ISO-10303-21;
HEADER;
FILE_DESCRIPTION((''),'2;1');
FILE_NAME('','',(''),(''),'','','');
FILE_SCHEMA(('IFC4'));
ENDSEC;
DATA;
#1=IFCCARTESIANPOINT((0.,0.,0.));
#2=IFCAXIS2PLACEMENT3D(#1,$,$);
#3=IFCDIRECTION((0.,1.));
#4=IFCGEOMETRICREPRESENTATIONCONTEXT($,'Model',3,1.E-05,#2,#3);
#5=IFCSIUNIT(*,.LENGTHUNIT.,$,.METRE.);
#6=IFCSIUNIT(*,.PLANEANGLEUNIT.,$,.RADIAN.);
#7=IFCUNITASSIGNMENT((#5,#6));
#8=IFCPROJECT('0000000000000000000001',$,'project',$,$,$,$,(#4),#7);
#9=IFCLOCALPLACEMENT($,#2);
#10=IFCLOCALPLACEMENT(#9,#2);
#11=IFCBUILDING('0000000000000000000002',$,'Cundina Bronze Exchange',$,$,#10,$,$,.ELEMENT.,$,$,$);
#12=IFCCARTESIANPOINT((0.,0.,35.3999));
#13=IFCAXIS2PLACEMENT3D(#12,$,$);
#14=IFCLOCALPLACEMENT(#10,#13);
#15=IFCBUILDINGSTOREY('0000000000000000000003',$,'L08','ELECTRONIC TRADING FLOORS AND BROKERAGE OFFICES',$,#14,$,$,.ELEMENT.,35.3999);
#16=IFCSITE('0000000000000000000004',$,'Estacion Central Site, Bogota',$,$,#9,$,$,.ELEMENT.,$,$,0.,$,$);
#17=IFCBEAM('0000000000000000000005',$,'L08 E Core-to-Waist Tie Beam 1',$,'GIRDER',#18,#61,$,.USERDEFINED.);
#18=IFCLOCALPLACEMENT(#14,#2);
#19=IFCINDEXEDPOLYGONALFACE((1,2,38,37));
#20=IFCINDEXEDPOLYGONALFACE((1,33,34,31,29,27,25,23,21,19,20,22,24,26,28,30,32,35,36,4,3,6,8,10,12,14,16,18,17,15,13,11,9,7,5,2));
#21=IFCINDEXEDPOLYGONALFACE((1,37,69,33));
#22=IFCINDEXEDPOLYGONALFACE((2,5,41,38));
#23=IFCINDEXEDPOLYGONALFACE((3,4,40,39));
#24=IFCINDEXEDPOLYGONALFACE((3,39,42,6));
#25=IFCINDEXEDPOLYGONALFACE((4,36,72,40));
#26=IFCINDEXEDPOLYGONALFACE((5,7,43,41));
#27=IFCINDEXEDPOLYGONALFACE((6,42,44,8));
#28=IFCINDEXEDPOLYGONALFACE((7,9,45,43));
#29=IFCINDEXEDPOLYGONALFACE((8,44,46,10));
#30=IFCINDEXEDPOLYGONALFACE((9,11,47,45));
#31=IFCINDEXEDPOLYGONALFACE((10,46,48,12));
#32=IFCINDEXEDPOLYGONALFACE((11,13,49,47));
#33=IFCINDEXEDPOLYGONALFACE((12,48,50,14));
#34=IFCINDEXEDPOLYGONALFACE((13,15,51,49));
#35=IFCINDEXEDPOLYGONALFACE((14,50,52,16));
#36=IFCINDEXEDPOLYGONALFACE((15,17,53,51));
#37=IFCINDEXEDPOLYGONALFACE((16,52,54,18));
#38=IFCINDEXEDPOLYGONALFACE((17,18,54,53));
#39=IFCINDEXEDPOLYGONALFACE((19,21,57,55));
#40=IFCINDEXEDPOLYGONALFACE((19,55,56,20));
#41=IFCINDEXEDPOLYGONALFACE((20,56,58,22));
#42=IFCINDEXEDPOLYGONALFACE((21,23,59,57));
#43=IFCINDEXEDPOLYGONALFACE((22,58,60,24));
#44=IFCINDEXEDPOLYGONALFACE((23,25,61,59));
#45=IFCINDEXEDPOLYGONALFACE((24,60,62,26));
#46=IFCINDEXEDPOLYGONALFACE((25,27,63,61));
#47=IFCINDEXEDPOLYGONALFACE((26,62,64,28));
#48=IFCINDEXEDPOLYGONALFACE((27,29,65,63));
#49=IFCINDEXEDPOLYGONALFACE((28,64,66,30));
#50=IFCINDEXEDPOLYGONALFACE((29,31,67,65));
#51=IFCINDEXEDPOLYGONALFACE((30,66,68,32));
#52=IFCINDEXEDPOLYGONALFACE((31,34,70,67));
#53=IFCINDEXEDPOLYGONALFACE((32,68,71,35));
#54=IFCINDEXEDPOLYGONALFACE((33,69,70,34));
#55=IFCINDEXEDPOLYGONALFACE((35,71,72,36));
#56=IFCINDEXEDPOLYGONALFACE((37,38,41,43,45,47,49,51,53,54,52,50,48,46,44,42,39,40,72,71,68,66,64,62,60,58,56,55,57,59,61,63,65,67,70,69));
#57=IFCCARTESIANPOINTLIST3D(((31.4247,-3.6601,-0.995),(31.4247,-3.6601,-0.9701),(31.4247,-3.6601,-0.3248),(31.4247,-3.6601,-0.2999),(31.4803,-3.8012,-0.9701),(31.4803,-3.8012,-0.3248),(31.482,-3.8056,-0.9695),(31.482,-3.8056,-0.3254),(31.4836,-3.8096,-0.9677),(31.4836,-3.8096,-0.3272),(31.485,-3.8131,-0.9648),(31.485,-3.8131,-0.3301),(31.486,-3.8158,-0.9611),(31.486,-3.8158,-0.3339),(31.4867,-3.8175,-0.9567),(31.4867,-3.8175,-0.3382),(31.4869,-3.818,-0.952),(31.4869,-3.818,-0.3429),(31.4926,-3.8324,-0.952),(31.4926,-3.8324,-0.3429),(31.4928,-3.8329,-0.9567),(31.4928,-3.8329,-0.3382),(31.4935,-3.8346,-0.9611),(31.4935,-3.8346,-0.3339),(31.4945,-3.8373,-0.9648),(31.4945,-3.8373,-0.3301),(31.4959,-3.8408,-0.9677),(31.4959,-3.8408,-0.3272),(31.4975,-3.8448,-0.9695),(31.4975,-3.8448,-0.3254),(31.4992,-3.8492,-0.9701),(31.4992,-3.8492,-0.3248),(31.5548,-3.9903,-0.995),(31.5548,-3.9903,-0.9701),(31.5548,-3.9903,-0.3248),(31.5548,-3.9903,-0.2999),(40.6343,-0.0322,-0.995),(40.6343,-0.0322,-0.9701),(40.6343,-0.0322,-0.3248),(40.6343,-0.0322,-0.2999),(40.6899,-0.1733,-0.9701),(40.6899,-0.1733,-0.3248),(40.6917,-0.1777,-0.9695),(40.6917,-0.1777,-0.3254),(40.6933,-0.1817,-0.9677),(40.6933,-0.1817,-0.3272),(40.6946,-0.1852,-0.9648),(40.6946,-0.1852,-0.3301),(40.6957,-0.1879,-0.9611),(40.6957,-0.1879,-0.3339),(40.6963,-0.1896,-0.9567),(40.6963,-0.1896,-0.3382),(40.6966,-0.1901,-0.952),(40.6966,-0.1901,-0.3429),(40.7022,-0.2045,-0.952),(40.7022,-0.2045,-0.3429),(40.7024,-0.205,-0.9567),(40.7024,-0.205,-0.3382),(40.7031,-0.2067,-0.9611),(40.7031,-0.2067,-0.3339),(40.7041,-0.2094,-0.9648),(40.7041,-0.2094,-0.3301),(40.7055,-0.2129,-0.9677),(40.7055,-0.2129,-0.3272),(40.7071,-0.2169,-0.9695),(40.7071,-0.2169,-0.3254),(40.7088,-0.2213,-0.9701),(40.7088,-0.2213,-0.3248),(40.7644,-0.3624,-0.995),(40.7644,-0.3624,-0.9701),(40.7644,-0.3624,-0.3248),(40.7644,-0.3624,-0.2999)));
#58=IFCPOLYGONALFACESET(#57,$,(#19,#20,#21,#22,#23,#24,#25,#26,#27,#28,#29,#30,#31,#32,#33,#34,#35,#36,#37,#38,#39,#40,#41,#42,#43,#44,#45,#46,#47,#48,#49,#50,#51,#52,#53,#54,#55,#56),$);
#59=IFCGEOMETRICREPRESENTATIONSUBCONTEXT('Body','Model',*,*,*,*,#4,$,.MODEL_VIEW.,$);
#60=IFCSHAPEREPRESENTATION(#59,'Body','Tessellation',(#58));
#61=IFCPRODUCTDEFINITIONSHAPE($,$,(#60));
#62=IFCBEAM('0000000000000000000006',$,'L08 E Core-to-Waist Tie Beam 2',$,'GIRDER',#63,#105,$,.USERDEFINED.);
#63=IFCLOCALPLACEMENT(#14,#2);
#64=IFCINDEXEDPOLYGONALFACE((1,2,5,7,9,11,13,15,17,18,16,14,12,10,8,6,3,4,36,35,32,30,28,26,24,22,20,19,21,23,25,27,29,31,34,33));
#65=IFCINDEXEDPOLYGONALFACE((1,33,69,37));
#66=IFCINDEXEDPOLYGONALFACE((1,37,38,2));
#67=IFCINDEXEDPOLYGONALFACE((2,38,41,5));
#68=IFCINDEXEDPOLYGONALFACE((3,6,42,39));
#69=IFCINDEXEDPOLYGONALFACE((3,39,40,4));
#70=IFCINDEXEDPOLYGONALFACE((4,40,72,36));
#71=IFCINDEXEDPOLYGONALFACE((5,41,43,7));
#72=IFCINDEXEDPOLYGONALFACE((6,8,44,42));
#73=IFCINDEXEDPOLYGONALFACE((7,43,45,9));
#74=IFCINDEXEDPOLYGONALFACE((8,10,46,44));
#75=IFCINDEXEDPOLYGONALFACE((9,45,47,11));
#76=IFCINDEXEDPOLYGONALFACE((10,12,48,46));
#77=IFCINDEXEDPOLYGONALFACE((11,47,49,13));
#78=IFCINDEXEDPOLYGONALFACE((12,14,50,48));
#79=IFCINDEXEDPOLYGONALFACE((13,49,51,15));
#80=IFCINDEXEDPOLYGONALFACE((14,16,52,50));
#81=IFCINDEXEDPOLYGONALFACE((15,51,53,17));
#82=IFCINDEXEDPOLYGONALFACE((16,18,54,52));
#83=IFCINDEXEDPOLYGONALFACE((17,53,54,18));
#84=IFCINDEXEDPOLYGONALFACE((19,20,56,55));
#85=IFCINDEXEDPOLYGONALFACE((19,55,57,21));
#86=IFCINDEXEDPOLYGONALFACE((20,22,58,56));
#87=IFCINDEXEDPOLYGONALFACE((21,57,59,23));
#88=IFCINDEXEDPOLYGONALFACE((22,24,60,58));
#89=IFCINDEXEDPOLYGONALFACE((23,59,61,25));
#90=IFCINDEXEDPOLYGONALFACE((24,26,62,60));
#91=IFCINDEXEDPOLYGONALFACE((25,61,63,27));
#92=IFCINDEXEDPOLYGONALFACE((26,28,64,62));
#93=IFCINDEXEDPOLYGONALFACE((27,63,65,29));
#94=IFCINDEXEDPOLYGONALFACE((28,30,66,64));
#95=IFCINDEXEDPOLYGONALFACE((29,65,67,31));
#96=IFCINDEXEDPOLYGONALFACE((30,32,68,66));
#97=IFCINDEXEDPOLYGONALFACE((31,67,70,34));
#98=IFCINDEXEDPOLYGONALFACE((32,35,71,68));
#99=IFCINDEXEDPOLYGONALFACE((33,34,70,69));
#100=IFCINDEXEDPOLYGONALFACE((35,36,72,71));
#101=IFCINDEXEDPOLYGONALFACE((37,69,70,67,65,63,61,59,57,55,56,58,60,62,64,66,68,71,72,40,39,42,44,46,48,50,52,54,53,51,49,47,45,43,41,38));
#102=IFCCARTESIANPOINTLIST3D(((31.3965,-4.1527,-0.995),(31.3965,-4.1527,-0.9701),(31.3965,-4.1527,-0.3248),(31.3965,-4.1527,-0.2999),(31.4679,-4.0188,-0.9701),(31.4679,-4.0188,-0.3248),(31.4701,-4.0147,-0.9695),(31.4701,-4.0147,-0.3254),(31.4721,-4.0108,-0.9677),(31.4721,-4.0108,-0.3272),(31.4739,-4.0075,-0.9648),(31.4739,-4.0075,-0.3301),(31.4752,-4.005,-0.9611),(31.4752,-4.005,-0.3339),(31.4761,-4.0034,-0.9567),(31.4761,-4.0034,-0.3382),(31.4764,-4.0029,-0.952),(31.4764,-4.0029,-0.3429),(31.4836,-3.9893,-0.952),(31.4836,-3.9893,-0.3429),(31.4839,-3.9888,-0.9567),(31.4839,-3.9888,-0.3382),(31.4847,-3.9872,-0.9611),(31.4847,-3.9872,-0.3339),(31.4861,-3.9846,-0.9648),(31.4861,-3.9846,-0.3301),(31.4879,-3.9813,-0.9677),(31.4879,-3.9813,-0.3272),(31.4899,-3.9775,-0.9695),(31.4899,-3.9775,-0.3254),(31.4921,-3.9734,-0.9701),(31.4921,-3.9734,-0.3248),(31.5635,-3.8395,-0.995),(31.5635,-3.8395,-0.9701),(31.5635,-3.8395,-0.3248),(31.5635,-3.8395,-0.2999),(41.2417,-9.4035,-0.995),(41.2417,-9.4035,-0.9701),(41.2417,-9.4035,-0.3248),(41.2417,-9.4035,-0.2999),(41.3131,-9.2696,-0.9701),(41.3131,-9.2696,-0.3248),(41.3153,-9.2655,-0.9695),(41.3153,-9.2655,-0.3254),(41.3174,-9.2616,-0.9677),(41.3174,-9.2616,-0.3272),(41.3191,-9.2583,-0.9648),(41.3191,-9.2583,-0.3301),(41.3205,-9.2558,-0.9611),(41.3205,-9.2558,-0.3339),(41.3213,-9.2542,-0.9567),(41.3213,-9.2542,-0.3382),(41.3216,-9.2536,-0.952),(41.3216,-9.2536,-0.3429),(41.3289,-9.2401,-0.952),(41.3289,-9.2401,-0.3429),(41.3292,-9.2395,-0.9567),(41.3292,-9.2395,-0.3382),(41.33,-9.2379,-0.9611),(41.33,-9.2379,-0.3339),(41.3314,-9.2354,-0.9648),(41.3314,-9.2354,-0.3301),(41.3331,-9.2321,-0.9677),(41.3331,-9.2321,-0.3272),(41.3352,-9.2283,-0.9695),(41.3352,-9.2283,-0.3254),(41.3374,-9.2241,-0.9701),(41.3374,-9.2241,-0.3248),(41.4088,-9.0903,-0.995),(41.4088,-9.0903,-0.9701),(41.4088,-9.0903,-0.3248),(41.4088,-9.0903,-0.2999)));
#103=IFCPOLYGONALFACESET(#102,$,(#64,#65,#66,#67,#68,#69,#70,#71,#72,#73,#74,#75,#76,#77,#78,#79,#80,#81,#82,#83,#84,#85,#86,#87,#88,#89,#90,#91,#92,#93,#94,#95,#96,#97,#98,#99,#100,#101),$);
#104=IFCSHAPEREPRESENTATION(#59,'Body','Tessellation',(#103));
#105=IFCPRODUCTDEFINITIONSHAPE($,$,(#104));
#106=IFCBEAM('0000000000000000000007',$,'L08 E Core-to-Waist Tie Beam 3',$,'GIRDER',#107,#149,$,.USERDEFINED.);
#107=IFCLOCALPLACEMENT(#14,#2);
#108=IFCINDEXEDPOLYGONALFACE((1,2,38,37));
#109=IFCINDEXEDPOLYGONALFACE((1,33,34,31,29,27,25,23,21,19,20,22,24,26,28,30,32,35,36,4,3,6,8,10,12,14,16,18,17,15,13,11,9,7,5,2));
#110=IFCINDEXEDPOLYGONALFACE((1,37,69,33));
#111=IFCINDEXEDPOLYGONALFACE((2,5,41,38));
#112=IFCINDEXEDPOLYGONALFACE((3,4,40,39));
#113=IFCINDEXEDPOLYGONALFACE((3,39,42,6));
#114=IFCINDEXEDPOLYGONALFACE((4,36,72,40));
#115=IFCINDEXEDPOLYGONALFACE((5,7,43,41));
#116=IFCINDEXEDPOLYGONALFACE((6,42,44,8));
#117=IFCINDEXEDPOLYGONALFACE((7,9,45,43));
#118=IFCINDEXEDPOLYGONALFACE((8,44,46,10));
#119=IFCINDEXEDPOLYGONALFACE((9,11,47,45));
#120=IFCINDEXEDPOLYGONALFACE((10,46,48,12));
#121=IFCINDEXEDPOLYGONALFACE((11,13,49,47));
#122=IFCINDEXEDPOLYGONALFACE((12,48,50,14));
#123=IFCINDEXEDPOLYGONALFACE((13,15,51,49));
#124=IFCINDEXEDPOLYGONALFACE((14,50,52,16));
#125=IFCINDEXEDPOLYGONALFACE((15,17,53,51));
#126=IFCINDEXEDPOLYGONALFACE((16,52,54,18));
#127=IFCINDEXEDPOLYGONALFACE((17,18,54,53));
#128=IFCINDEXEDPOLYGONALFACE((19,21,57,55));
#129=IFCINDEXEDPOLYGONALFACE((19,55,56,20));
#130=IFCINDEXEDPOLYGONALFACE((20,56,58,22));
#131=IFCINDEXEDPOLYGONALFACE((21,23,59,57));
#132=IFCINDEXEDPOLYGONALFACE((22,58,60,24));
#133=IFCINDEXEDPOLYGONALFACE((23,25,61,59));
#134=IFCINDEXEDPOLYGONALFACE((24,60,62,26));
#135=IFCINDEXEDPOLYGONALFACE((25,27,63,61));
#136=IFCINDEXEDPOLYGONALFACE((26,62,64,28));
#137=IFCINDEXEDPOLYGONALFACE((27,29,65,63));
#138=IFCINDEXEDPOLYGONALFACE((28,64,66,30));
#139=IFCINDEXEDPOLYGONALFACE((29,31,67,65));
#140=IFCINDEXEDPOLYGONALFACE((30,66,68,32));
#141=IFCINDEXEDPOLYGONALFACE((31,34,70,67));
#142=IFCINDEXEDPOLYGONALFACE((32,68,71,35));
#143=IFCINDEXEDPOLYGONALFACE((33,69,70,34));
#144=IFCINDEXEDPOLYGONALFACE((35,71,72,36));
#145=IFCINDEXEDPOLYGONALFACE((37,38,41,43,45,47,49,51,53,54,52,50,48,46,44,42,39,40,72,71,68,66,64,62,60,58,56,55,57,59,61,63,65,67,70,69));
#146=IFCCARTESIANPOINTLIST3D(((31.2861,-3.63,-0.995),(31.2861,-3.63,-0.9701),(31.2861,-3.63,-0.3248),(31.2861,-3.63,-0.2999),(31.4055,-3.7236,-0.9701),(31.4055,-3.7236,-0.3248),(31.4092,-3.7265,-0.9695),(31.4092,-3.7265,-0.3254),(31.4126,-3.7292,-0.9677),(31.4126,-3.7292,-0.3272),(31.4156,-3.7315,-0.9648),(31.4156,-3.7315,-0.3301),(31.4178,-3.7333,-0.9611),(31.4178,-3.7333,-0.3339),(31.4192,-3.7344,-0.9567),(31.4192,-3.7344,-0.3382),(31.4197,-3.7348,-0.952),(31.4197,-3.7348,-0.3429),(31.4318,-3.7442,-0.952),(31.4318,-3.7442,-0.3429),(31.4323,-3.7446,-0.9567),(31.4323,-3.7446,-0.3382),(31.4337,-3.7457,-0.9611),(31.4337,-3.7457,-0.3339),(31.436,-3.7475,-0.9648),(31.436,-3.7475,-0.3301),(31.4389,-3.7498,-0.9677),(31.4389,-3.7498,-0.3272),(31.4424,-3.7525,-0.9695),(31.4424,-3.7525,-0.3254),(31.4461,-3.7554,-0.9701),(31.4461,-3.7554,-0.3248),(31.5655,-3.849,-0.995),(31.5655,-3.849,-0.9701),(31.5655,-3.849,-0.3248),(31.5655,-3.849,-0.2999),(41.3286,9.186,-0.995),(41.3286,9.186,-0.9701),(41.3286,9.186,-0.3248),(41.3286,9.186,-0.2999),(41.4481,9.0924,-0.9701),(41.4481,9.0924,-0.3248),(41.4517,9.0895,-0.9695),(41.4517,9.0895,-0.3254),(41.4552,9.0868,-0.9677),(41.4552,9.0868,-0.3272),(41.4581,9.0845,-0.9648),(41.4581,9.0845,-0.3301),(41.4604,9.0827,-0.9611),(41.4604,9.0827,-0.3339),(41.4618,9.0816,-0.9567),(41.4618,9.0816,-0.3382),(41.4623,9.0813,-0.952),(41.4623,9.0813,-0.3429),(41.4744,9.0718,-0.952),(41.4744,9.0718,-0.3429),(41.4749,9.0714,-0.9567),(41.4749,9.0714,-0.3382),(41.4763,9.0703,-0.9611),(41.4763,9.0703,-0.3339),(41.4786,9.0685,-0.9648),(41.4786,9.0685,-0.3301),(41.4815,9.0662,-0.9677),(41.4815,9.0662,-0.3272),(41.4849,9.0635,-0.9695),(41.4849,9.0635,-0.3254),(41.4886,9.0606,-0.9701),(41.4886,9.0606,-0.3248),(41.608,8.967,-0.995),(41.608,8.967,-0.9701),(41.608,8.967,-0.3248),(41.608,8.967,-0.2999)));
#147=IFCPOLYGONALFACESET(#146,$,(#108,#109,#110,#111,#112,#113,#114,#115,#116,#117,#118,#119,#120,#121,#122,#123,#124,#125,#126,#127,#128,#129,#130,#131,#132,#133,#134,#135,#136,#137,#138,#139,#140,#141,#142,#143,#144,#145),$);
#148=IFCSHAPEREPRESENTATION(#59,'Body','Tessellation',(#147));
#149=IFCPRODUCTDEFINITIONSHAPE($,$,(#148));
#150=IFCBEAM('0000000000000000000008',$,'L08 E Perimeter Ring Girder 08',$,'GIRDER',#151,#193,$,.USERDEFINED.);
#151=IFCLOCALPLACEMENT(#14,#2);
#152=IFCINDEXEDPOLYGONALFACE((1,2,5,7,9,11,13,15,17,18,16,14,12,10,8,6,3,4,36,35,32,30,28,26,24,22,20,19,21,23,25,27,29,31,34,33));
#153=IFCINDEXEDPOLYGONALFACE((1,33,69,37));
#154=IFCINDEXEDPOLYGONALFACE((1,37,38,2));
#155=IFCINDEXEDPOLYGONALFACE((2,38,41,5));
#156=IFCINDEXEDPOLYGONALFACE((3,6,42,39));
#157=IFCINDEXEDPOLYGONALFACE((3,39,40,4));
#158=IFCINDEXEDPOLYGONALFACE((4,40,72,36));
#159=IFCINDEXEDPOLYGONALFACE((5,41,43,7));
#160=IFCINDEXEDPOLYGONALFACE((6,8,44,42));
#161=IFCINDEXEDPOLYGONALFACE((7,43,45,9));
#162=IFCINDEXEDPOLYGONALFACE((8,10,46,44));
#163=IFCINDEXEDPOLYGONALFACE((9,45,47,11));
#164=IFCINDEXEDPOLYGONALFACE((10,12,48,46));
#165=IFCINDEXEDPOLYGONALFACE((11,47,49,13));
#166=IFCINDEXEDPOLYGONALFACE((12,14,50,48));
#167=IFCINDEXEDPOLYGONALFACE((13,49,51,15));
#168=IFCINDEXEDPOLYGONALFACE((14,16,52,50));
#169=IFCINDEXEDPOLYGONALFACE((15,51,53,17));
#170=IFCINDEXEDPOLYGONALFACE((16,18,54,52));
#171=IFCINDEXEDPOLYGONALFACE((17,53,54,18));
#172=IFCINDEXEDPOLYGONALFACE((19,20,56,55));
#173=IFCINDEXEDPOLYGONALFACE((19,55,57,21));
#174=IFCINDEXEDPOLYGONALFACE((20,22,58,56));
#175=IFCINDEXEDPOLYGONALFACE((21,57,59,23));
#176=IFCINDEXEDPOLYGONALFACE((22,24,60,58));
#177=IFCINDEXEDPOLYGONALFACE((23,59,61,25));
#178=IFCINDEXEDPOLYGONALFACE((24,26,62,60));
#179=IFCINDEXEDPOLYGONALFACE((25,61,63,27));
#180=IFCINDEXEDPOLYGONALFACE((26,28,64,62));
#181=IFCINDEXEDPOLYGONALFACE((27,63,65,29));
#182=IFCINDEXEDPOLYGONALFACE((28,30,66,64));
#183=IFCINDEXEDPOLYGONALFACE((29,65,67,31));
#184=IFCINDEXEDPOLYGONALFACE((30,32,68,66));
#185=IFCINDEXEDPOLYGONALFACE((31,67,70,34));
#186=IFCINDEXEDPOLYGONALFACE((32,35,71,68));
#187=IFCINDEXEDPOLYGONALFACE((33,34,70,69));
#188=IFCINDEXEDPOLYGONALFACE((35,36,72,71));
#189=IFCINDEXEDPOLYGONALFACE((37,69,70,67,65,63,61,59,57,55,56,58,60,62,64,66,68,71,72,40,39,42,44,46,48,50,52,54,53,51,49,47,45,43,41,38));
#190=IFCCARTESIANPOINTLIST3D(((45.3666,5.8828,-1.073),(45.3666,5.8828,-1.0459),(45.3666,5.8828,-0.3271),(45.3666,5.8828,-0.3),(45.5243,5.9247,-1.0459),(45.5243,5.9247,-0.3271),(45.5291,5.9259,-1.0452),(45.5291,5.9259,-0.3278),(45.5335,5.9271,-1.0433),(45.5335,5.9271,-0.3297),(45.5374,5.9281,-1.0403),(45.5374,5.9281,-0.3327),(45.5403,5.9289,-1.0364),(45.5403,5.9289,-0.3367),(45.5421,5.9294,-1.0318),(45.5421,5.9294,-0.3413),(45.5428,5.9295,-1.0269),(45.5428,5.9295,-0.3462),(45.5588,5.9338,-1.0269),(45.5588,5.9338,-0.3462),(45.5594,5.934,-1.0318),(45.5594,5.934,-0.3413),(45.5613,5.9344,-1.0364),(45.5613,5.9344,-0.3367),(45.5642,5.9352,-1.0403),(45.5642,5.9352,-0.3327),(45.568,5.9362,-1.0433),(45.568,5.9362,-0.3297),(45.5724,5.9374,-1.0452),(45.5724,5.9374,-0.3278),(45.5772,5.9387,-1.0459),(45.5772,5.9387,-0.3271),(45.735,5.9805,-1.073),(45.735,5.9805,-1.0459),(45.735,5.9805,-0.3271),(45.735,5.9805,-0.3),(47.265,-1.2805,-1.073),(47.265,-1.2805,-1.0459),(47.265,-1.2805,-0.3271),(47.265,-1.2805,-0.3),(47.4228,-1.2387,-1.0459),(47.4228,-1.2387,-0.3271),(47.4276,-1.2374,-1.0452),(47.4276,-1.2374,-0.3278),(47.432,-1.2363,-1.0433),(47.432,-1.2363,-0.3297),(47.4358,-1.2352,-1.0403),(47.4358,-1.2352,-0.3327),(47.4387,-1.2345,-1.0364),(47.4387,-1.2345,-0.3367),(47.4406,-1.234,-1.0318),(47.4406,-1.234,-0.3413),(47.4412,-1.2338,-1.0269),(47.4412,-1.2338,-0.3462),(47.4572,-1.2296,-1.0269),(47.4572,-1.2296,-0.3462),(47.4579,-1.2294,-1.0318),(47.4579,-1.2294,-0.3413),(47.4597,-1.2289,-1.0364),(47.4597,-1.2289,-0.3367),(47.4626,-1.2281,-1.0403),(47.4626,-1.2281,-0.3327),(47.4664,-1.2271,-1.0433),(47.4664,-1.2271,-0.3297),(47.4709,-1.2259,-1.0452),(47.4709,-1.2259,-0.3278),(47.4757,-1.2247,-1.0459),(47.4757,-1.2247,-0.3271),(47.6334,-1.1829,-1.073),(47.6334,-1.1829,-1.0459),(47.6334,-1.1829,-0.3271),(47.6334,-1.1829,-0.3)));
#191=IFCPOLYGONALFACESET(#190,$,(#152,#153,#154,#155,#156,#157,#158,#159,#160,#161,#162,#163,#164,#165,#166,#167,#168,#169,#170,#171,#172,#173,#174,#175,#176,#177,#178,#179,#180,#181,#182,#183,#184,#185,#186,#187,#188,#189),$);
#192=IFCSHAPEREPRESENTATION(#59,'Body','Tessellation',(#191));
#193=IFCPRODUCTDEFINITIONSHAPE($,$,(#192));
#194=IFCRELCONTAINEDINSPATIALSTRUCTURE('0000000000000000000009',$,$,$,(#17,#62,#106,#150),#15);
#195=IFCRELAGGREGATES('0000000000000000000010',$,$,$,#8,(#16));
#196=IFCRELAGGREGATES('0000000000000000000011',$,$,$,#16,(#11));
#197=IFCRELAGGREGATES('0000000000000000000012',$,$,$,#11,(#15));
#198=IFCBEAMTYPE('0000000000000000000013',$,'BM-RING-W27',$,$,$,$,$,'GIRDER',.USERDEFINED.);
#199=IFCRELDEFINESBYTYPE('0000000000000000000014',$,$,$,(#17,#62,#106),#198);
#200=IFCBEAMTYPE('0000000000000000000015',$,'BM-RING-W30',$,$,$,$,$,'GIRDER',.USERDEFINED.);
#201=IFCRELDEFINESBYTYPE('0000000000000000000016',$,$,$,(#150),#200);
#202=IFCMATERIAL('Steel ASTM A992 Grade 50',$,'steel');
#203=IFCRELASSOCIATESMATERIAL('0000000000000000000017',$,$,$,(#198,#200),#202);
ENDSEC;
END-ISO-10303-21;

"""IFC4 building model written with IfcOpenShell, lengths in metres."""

from ifc_helpers import new_model, si_unit, direction, frame, origin, origin_2d, place, context, subcontext, project, spatial, i_section, extrude, material, material_profile, profile_set, type_object, element, save


model = new_model("IFC4")

# Units and contexts
model_context = context("Model", 3, precision=1e-05, world=origin(), true_north=direction((0.0, 1.0)))
body_context = subcontext(model_context, "Body", "Model", "MODEL_VIEW")
ifc_project = project(units=[si_unit("LENGTHUNIT", "METRE"), si_unit("PLANEANGLEUNIT", "RADIAN")], contexts=[model_context])

# Site, building, storey
site_placement = place(None, origin())
site = spatial("IfcSite", under=ifc_project, at=site_placement, Name="Estacion Central Site, Bogota", CompositionType="ELEMENT", RefElevation=0.0)
building_placement = place(site_placement, origin())
building = spatial("IfcBuilding", under=site, at=building_placement, Name="Cundina Bronze Exchange", CompositionType="ELEMENT")
storey_placement = place(building_placement, frame((0.0, 0.0, 35.3999)))
storey = spatial("IfcBuildingStorey", under=building, at=storey_placement, Name="L08", Description="ELECTRONIC TRADING FLOORS AND BROKERAGE OFFICES", CompositionType="ELEMENT", Elevation=35.3999)

# Shared definitions
ifc_material_1 = material(Name="Steel ASTM A992 Grade 50", Category="steel")

# Beams
ifc_material_profile_1 = material_profile(ifc_material_1, i_section(OverallWidth=0.355, OverallDepth=0.6951, WebThickness=0.0154, FlangeThickness=0.0249, FilletRadius=0.0181, at=origin_2d()), Name="W27X146", Category="steel")
ifc_profile_set_1 = profile_set([ifc_material_profile_1], Name="Steel ASTM A992 Grade 50")
beam_type_1 = type_object("IfcBeamType", Name="BM-RING-W27", ElementType="GIRDER", PredefinedType="USERDEFINED", material=ifc_profile_set_1)
beam_1_placement = place(storey_placement, frame((31.4897, -3.8252, -0.6475), z_axis=(0.930413, 0.366512, 0.0), x_axis=(-0.366512, 0.930413, 0.0)))
element("IfcBeam", 1, at=beam_1_placement, inside=storey, type_object=beam_type_1, Name="L08 E Core-to-Waist Tie Beam 1", ObjectType="GIRDER", PredefinedType="USERDEFINED", context=body_context, shape_type="SweptSolid", body=[
    extrude(i_section(OverallWidth=0.355, OverallDepth=0.6951, WebThickness=0.0154, FlangeThickness=0.0249, FilletRadius=0.0181, at=origin_2d()), origin(), (0.0, 0.0, 1.0), 9.8984),
])
beam_2_placement = place(storey_placement, frame((31.48, -3.9961, -0.6475), z_axis=(0.882355, -0.470585, 0.0), x_axis=(0.470585, 0.882355, 0.0)))
element("IfcBeam", 2, at=beam_2_placement, inside=storey, type_object=beam_type_1, Name="L08 E Core-to-Waist Tie Beam 2", ObjectType="GIRDER", PredefinedType="USERDEFINED", context=body_context, shape_type="SweptSolid", body=[
    extrude(i_section(OverallWidth=0.355, OverallDepth=0.6951, WebThickness=0.0154, FlangeThickness=0.0249, FilletRadius=0.0181, at=origin_2d()), origin(), (0.0, 0.0, 1.0), 11.158),
])
beam_3_placement = place(storey_placement, frame((31.4258, -3.7395, -0.6475), z_axis=(0.616789, 0.787128, 0.0), x_axis=(-0.787128, 0.616789, 0.0)))
element("IfcBeam", 3, at=beam_3_placement, inside=storey, type_object=beam_type_1, Name="L08 E Core-to-Waist Tie Beam 3", ObjectType="GIRDER", PredefinedType="USERDEFINED", context=body_context, shape_type="SweptSolid", body=[
    extrude(i_section(OverallWidth=0.355, OverallDepth=0.6951, WebThickness=0.0154, FlangeThickness=0.0249, FilletRadius=0.0181, at=origin_2d()), origin(), (0.0, 0.0, 1.0), 16.282),
])
ifc_material_profile_2 = material_profile(ifc_material_1, i_section(OverallWidth=0.3811, OverallDepth=0.7729, WebThickness=0.0166, FlangeThickness=0.0271, FilletRadius=0.019, at=origin_2d()), Name="W30X173", Category="steel")
ifc_profile_set_2 = profile_set([ifc_material_profile_2], Name="Steel ASTM A992 Grade 50")
beam_type_2 = type_object("IfcBeamType", Name="BM-RING-W30", ElementType="GIRDER", PredefinedType="USERDEFINED", material=ifc_profile_set_2)
for number, where, z_axis, x_axis, name in (
    (4, (47.4492, -1.2317, -0.6865), (-0.256178, 0.96663, 0.0), (-0.96663, -0.256178, 0.0), "L08 E Perimeter Ring Girder 08"),
):
    element("IfcBeam", number, at=place(storey_placement, frame(where, z_axis=z_axis, x_axis=x_axis)), inside=storey, type_object=beam_type_2, Name=name, ObjectType="GIRDER", PredefinedType="USERDEFINED", context=body_context, shape_type="SweptSolid", body=[
        extrude(i_section(OverallWidth=0.3811, OverallDepth=0.7729, WebThickness=0.0166, FlangeThickness=0.0271, FilletRadius=0.019, at=origin_2d()), origin(), (0.0, 0.0, 1.0), 7.4106),
    ])

save(model, "model.ifc")
